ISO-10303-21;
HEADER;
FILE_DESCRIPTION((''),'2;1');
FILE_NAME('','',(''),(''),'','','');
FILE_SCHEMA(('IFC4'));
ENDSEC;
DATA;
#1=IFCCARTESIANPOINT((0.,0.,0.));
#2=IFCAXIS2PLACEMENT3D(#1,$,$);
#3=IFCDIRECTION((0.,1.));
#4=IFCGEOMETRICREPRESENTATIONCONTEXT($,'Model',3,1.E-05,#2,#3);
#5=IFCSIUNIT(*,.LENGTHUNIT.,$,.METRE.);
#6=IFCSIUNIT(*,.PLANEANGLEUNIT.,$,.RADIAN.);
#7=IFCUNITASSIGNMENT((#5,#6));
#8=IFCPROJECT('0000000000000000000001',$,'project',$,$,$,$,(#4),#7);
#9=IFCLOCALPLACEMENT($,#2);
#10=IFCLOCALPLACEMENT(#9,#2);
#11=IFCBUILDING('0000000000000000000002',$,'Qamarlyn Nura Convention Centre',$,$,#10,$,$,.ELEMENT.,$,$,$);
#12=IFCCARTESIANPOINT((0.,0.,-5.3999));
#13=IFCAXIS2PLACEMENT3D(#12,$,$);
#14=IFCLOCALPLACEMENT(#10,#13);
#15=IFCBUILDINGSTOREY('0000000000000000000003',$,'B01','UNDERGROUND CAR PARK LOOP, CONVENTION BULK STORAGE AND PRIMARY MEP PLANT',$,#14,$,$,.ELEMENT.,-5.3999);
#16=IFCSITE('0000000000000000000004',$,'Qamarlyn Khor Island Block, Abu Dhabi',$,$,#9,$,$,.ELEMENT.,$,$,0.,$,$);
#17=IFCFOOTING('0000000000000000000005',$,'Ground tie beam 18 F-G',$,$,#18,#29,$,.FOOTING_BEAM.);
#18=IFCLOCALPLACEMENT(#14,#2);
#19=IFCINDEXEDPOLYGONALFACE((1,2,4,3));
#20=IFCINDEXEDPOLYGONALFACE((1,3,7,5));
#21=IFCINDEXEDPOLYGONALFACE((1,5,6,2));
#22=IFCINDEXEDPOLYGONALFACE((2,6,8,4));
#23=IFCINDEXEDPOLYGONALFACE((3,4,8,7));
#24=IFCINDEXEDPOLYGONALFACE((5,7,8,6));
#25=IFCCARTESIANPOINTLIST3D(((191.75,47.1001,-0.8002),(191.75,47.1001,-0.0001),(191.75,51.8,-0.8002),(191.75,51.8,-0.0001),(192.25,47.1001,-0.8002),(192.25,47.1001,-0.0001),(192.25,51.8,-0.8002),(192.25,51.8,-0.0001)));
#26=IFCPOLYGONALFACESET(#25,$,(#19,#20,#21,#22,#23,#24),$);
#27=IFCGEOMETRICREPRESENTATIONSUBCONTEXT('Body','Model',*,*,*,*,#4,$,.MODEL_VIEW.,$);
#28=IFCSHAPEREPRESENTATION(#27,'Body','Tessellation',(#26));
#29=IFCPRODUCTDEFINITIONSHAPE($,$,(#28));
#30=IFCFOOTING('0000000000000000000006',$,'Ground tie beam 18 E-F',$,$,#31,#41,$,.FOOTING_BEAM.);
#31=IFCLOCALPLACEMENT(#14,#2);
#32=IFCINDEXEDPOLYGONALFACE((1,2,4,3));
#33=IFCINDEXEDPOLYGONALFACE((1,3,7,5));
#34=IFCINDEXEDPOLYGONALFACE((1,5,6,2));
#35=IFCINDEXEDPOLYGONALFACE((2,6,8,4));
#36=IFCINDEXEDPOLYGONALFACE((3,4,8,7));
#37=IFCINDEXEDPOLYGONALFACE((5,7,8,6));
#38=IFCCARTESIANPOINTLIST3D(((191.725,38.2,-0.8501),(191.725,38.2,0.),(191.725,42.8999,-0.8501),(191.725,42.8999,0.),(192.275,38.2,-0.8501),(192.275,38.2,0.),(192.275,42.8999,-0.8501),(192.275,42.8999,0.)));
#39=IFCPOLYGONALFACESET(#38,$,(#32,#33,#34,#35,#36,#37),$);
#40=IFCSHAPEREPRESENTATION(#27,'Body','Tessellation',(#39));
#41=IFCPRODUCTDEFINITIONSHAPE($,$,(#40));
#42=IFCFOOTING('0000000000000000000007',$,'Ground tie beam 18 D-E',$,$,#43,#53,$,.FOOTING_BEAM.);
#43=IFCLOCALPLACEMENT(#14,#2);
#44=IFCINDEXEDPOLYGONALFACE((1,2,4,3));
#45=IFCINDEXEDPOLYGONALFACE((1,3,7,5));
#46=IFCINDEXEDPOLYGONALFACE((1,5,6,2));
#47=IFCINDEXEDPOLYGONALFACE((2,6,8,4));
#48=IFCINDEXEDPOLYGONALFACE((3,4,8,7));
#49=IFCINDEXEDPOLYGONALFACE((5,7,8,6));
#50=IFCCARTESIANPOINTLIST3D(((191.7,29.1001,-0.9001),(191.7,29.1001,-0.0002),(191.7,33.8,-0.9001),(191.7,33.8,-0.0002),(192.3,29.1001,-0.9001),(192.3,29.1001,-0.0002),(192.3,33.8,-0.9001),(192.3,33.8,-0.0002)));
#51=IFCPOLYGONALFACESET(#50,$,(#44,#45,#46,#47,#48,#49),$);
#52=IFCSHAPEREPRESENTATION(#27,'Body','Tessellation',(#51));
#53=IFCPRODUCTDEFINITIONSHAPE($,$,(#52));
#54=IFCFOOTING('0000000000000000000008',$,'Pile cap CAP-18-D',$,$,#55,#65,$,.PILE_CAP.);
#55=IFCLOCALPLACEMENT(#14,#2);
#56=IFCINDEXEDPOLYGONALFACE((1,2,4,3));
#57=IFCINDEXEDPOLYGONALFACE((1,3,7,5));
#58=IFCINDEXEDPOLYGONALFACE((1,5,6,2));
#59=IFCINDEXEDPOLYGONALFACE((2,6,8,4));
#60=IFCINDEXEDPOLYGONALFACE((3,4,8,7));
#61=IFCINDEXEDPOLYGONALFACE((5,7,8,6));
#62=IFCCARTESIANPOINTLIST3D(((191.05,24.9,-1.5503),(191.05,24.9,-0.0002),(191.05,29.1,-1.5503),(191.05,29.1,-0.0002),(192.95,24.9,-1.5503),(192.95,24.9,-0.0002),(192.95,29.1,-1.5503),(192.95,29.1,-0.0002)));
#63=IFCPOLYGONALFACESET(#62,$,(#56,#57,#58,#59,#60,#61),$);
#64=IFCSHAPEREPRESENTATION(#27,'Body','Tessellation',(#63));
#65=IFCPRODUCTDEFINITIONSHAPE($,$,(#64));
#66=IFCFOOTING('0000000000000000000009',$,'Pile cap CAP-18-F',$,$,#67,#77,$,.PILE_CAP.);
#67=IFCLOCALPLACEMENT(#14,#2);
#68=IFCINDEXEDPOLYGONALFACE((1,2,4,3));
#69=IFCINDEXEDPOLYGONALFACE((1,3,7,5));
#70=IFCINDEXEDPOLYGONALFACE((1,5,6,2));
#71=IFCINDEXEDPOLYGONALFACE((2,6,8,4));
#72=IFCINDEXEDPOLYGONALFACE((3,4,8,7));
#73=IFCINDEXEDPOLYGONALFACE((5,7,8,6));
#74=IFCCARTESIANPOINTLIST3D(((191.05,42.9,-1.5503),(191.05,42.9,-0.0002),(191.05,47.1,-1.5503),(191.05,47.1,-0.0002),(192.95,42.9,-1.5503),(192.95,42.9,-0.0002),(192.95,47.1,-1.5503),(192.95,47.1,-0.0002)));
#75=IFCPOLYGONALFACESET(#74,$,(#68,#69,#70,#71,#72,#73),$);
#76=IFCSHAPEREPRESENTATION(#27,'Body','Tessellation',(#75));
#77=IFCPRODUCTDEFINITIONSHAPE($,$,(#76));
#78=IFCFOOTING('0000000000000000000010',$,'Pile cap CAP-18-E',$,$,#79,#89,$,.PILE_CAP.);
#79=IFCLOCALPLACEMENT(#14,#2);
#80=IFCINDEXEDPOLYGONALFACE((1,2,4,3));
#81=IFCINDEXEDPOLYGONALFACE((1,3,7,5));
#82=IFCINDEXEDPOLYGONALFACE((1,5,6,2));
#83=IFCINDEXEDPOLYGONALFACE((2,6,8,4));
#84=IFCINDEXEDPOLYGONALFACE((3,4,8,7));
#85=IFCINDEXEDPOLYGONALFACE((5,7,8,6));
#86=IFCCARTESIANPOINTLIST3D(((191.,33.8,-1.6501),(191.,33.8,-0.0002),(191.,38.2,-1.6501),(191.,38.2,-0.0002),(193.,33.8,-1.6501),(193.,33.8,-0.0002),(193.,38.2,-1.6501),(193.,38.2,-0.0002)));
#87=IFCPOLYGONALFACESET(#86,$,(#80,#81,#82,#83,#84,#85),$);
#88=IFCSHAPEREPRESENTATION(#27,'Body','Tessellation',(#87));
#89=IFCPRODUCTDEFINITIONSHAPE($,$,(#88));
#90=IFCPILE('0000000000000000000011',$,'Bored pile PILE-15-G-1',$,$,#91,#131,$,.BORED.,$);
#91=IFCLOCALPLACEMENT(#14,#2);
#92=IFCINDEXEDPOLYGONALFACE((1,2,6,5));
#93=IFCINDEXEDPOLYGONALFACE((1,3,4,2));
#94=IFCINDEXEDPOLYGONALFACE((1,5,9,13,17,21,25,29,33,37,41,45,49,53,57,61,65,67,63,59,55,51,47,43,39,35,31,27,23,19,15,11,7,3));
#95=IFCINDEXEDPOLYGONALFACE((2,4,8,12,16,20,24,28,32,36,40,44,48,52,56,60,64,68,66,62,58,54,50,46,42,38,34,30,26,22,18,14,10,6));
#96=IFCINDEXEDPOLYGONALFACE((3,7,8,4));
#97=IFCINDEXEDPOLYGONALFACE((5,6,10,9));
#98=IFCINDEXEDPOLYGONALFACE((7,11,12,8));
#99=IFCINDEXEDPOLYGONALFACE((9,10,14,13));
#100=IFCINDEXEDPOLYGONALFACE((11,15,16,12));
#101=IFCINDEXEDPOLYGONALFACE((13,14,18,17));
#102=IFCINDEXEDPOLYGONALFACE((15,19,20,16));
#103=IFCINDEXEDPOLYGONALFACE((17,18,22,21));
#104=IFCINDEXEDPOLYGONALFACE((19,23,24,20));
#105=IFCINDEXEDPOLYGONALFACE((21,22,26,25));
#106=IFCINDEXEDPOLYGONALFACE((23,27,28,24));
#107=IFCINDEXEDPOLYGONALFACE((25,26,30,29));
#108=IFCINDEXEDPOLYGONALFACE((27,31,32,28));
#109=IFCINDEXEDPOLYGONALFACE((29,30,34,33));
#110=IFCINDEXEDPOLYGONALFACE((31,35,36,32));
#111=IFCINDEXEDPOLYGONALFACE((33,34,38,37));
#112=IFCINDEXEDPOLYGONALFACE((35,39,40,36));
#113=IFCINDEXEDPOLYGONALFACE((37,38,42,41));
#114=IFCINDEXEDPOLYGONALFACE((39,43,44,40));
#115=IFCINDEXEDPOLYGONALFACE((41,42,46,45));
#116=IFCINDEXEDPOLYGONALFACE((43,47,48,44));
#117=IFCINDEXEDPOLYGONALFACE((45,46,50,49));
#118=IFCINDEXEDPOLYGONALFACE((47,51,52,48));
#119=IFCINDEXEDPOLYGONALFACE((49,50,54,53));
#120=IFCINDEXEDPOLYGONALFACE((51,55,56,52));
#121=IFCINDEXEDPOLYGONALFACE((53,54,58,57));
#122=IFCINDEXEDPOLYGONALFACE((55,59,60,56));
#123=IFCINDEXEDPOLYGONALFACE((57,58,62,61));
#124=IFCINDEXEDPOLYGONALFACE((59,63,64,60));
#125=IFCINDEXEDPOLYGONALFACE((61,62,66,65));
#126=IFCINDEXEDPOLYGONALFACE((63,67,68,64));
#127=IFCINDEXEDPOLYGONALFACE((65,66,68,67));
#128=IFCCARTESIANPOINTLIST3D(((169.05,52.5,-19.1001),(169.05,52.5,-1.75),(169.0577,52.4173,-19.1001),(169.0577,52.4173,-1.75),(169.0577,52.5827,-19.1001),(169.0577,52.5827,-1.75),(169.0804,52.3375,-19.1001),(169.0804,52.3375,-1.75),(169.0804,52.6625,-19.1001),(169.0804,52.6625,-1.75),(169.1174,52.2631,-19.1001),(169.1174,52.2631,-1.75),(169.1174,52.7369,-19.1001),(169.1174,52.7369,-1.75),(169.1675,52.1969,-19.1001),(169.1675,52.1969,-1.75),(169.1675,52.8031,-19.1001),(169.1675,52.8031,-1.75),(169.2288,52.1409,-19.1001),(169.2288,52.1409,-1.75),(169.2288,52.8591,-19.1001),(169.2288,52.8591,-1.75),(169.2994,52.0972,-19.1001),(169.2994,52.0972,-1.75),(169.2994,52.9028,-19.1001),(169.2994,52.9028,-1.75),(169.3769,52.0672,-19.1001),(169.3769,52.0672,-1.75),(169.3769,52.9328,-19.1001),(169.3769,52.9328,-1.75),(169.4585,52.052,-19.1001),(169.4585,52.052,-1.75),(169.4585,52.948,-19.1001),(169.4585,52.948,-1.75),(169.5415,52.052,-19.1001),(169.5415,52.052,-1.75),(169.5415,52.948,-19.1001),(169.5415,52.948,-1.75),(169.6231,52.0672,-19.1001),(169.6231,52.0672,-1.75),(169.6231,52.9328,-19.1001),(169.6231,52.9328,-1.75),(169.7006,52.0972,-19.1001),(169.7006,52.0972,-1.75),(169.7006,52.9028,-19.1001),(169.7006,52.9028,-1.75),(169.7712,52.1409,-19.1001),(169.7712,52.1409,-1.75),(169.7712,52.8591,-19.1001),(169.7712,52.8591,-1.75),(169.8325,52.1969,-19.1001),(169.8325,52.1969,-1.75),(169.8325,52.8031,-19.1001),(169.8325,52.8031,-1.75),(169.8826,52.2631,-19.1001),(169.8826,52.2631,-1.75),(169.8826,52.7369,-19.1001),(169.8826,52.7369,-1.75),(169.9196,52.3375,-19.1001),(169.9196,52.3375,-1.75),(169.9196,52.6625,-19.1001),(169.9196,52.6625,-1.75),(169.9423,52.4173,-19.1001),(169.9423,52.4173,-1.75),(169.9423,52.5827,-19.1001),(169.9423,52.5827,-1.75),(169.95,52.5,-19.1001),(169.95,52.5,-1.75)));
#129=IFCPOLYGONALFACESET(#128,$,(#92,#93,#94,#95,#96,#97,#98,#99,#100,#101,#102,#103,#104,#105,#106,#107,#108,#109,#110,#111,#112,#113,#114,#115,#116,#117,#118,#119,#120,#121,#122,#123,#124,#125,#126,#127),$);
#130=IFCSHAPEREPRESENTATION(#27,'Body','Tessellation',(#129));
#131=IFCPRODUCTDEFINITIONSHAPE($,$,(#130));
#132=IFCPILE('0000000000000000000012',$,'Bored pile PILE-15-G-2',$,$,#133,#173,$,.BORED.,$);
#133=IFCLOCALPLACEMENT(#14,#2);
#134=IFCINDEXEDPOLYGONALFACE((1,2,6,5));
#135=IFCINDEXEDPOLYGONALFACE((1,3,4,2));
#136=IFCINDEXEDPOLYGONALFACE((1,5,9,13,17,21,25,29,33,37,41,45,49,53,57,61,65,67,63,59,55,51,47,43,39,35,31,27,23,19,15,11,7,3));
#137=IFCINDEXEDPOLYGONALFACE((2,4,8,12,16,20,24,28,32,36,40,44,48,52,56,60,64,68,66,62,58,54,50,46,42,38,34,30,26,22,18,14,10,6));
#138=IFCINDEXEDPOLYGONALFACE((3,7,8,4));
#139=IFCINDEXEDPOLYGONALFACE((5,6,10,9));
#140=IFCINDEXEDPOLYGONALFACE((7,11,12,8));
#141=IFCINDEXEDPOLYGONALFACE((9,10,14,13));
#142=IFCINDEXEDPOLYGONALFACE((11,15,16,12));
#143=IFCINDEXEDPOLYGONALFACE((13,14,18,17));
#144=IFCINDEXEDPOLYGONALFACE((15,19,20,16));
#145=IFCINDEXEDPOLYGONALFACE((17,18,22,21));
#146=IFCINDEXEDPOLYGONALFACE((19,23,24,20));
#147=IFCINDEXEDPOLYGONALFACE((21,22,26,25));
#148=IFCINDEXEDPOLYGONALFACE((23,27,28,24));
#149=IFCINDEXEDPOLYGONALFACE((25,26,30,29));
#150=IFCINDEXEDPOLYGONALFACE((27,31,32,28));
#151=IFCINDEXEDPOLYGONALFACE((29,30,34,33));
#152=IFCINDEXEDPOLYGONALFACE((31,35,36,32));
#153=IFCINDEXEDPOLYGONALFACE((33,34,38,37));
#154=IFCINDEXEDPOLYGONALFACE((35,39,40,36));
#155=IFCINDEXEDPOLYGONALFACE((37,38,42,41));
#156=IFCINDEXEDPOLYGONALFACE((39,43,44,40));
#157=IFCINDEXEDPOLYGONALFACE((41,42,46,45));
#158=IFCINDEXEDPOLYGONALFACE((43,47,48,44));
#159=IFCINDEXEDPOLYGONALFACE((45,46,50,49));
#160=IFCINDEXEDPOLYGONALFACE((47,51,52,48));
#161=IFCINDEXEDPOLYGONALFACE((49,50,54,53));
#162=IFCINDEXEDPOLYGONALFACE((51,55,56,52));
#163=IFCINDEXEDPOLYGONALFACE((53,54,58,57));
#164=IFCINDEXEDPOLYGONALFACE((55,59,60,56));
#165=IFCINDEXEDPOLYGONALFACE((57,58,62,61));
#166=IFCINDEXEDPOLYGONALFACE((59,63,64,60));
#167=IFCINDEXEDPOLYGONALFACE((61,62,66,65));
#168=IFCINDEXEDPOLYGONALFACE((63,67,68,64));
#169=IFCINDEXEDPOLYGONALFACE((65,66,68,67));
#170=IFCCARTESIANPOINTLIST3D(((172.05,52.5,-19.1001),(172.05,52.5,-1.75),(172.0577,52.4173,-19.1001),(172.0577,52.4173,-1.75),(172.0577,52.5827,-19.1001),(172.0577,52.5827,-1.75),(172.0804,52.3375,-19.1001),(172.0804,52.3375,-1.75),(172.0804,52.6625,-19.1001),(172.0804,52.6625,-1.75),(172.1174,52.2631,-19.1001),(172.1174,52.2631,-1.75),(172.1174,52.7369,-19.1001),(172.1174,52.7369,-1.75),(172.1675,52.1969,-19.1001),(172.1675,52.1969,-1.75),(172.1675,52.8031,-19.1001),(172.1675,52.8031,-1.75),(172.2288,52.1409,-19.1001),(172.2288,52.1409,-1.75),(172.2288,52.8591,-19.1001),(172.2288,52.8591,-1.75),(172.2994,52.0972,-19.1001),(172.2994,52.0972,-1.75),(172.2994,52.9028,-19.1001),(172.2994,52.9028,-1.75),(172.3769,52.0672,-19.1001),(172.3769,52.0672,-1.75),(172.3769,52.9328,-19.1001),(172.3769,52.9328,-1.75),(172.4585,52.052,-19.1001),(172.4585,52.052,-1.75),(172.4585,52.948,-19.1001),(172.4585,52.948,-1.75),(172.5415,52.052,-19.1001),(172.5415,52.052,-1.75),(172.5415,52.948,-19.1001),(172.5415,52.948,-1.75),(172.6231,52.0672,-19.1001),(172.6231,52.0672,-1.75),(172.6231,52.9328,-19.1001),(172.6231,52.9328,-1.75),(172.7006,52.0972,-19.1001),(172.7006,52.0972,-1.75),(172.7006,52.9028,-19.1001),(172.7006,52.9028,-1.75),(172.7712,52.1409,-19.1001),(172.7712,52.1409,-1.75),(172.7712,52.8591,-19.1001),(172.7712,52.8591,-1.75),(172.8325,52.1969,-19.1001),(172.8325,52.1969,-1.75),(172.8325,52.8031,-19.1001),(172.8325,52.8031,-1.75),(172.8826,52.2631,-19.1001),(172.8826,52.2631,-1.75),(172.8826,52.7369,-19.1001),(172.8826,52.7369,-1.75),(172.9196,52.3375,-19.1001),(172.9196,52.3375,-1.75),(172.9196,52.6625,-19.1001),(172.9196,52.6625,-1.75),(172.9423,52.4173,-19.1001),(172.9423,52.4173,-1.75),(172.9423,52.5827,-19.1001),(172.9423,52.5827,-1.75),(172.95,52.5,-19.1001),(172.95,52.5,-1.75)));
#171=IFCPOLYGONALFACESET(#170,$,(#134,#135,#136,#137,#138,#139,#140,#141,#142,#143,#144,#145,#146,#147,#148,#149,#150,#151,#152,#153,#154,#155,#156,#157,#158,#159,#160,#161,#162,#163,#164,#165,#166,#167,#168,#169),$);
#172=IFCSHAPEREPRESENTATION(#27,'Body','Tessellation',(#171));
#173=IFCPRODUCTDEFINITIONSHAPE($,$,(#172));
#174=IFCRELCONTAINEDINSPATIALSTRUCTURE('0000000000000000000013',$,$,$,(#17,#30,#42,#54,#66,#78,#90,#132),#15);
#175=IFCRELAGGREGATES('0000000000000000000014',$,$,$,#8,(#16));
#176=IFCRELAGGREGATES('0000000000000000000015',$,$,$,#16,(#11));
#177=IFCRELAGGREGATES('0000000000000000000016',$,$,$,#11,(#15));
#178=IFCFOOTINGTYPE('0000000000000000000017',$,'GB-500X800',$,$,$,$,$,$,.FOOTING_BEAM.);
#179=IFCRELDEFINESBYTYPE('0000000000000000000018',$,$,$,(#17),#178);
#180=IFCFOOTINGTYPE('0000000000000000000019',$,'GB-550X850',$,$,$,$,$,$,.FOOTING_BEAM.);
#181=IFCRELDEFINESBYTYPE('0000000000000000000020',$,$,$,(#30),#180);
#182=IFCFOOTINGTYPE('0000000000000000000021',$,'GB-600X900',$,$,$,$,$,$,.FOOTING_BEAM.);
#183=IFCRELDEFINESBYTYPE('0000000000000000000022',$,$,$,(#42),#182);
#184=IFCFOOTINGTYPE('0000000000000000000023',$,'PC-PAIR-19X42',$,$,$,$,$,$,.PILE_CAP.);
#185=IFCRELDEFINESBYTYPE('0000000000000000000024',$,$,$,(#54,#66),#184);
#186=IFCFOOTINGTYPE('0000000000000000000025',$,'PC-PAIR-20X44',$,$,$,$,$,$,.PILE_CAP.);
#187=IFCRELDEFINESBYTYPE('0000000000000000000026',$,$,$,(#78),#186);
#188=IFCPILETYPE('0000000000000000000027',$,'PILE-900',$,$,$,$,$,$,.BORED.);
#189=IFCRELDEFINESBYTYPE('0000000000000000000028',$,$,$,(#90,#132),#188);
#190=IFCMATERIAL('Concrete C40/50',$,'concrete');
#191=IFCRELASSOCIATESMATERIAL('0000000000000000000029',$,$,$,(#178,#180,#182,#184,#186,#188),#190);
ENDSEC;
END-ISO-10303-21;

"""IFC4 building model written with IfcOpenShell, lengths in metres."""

from ifc_helpers import new_model, si_unit, direction, frame, origin, origin_2d, place, context, subcontext, project, spatial, rectangle, circle, extrude, material, material_profile, profile_set, type_object, element, save


model = new_model("IFC4")

# Units and contexts
model_context = context("Model", 3, precision=1e-05, world=origin(), true_north=direction((0.0, 1.0)))
body_context = subcontext(model_context, "Body", "Model", "MODEL_VIEW")
ifc_project = project(units=[si_unit("LENGTHUNIT", "METRE"), si_unit("PLANEANGLEUNIT", "RADIAN")], contexts=[model_context])

# Site, building, storey
site_placement = place(None, origin())
site = spatial("IfcSite", under=ifc_project, at=site_placement, Name="Qamarlyn Khor Island Block, Abu Dhabi", CompositionType="ELEMENT", RefElevation=0.0)
building_placement = place(site_placement, origin())
building = spatial("IfcBuilding", under=site, at=building_placement, Name="Qamarlyn Nura Convention Centre", CompositionType="ELEMENT")
storey_placement = place(building_placement, frame((0.0, 0.0, -5.3999)))
storey = spatial("IfcBuildingStorey", under=building, at=storey_placement, Name="B01", Description="UNDERGROUND CAR PARK LOOP, CONVENTION BULK STORAGE AND PRIMARY MEP PLANT", CompositionType="ELEMENT", Elevation=-5.3999)

# Footings
ifc_material_1 = material(Name="Concrete C40/50", Category="concrete")
ifc_material_profile_1 = material_profile(ifc_material_1, rectangle(XDim=0.5, YDim=0.8, at=origin_2d()), Name="RC GB 500x800")
ifc_profile_set_1 = profile_set([ifc_material_profile_1], Name="Concrete C40/50")
footing_type_1 = type_object("IfcFootingType", Name="GB-500X800", PredefinedType="FOOTING_BEAM", material=ifc_profile_set_1)
footing_1_placement = place(storey_placement, frame((192.0, 47.1001, -0.4001), z_axis=(0.0, 1.0, 0.0), x_axis=(-1.0, 0.0, 0.0)))
element("IfcFooting", 1, at=footing_1_placement, inside=storey, type_object=footing_type_1, Name="Ground tie beam 18 F-G", PredefinedType="FOOTING_BEAM", context=body_context, shape_type="SweptSolid", body=[
    extrude(rectangle(XDim=0.5, YDim=0.8, at=origin_2d()), origin(), (0.0, 0.0, 1.0), 4.7),
])
ifc_material_profile_2 = material_profile(ifc_material_1, rectangle(XDim=0.55, YDim=0.8501, at=origin_2d()), Name="RC GB 550x850")
ifc_profile_set_2 = profile_set([ifc_material_profile_2], Name="Concrete C40/50")
footing_type_2 = type_object("IfcFootingType", Name="GB-550X850", PredefinedType="FOOTING_BEAM", material=ifc_profile_set_2)
footing_2_placement = place(storey_placement, frame((192.0, 38.2, -0.425), z_axis=(0.0, 1.0, 0.0), x_axis=(-1.0, 0.0, 0.0)))
element("IfcFooting", 2, at=footing_2_placement, inside=storey, type_object=footing_type_2, Name="Ground tie beam 18 E-F", PredefinedType="FOOTING_BEAM", context=body_context, shape_type="SweptSolid", body=[
    extrude(rectangle(XDim=0.55, YDim=0.8501, at=origin_2d()), origin(), (0.0, 0.0, 1.0), 4.7),
])
ifc_material_profile_3 = material_profile(ifc_material_1, rectangle(XDim=0.6001, YDim=0.8999, at=origin_2d()), Name="RC GB 600x900")
ifc_profile_set_3 = profile_set([ifc_material_profile_3], Name="Concrete C40/50")
footing_type_3 = type_object("IfcFootingType", Name="GB-600X900", PredefinedType="FOOTING_BEAM", material=ifc_profile_set_3)
footing_3_placement = place(storey_placement, frame((192.0, 29.1001, -0.4502), z_axis=(0.0, 1.0, 0.0), x_axis=(-1.0, 0.0, 0.0)))
element("IfcFooting", 3, at=footing_3_placement, inside=storey, type_object=footing_type_3, Name="Ground tie beam 18 D-E", PredefinedType="FOOTING_BEAM", context=body_context, shape_type="SweptSolid", body=[
    extrude(rectangle(XDim=0.6001, YDim=0.8999, at=origin_2d()), origin(), (0.0, 0.0, 1.0), 4.7),
])
footing_type_4 = type_object("IfcFootingType", Name="PC-PAIR-19X42", PredefinedType="PILE_CAP", material=ifc_material_1)
for number, where, z_axis, x_axis, name in (
    (4, (192.0, 27.0, -1.5503), (0.0, 0.0, 1.0), (1.0, 0.0, 0.0), "Pile cap CAP-18-D"),
    (5, (192.0, 45.0, -1.5503), (0.0, 0.0, 1.0), (1.0, 0.0, 0.0), "Pile cap CAP-18-F"),
):
    element("IfcFooting", number, at=place(storey_placement, frame(where, z_axis=z_axis, x_axis=x_axis)), inside=storey, type_object=footing_type_4, Name=name, PredefinedType="PILE_CAP", context=body_context, shape_type="SweptSolid", body=[
        extrude(rectangle(XDim=1.8999, YDim=4.2, at=origin_2d()), origin(), (0.0, 0.0, 1.0), 1.55),
    ])
footing_type_5 = type_object("IfcFootingType", Name="PC-PAIR-20X44", PredefinedType="PILE_CAP", material=ifc_material_1)
footing_4_placement = place(storey_placement, frame((192.0, 36.0, -1.6501), z_axis=(0.0, 0.0, 1.0), x_axis=(1.0, 0.0, 0.0)))
element("IfcFooting", 6, at=footing_4_placement, inside=storey, type_object=footing_type_5, Name="Pile cap CAP-18-E", PredefinedType="PILE_CAP", context=body_context, shape_type="SweptSolid", body=[
    extrude(rectangle(XDim=2.0, YDim=4.3999, at=origin_2d()), origin(), (0.0, 0.0, 1.0), 1.6499),
])

# Piles
ifc_material_profile_4 = material_profile(ifc_material_1, circle(Radius=0.45, at=origin_2d()), Name="BORED PILE 900")
ifc_profile_set_4 = profile_set([ifc_material_profile_4], Name="Concrete C40/50")
pile_type = type_object("IfcPileType", Name="PILE-900", PredefinedType="BORED", material=ifc_profile_set_4)
for number, where, z_axis, x_axis, name in (
    (7, (169.5, 52.5, -1.75), (0.0, 0.0, -1.0), (1.0, 0.0, 0.0), "Bored pile PILE-15-G-1"),
    (8, (172.5, 52.5, -1.75), (0.0, 0.0, -1.0), (1.0, 0.0, 0.0), "Bored pile PILE-15-G-2"),
):
    element("IfcPile", number, at=place(storey_placement, frame(where, z_axis=z_axis, x_axis=x_axis)), inside=storey, type_object=pile_type, Name=name, PredefinedType="BORED", context=body_context, shape_type="SweptSolid", body=[
        extrude(circle(Radius=0.45, at=origin_2d()), origin(), (0.0, 0.0, 1.0), 17.3501),
    ])

save(model, "model.ifc")
